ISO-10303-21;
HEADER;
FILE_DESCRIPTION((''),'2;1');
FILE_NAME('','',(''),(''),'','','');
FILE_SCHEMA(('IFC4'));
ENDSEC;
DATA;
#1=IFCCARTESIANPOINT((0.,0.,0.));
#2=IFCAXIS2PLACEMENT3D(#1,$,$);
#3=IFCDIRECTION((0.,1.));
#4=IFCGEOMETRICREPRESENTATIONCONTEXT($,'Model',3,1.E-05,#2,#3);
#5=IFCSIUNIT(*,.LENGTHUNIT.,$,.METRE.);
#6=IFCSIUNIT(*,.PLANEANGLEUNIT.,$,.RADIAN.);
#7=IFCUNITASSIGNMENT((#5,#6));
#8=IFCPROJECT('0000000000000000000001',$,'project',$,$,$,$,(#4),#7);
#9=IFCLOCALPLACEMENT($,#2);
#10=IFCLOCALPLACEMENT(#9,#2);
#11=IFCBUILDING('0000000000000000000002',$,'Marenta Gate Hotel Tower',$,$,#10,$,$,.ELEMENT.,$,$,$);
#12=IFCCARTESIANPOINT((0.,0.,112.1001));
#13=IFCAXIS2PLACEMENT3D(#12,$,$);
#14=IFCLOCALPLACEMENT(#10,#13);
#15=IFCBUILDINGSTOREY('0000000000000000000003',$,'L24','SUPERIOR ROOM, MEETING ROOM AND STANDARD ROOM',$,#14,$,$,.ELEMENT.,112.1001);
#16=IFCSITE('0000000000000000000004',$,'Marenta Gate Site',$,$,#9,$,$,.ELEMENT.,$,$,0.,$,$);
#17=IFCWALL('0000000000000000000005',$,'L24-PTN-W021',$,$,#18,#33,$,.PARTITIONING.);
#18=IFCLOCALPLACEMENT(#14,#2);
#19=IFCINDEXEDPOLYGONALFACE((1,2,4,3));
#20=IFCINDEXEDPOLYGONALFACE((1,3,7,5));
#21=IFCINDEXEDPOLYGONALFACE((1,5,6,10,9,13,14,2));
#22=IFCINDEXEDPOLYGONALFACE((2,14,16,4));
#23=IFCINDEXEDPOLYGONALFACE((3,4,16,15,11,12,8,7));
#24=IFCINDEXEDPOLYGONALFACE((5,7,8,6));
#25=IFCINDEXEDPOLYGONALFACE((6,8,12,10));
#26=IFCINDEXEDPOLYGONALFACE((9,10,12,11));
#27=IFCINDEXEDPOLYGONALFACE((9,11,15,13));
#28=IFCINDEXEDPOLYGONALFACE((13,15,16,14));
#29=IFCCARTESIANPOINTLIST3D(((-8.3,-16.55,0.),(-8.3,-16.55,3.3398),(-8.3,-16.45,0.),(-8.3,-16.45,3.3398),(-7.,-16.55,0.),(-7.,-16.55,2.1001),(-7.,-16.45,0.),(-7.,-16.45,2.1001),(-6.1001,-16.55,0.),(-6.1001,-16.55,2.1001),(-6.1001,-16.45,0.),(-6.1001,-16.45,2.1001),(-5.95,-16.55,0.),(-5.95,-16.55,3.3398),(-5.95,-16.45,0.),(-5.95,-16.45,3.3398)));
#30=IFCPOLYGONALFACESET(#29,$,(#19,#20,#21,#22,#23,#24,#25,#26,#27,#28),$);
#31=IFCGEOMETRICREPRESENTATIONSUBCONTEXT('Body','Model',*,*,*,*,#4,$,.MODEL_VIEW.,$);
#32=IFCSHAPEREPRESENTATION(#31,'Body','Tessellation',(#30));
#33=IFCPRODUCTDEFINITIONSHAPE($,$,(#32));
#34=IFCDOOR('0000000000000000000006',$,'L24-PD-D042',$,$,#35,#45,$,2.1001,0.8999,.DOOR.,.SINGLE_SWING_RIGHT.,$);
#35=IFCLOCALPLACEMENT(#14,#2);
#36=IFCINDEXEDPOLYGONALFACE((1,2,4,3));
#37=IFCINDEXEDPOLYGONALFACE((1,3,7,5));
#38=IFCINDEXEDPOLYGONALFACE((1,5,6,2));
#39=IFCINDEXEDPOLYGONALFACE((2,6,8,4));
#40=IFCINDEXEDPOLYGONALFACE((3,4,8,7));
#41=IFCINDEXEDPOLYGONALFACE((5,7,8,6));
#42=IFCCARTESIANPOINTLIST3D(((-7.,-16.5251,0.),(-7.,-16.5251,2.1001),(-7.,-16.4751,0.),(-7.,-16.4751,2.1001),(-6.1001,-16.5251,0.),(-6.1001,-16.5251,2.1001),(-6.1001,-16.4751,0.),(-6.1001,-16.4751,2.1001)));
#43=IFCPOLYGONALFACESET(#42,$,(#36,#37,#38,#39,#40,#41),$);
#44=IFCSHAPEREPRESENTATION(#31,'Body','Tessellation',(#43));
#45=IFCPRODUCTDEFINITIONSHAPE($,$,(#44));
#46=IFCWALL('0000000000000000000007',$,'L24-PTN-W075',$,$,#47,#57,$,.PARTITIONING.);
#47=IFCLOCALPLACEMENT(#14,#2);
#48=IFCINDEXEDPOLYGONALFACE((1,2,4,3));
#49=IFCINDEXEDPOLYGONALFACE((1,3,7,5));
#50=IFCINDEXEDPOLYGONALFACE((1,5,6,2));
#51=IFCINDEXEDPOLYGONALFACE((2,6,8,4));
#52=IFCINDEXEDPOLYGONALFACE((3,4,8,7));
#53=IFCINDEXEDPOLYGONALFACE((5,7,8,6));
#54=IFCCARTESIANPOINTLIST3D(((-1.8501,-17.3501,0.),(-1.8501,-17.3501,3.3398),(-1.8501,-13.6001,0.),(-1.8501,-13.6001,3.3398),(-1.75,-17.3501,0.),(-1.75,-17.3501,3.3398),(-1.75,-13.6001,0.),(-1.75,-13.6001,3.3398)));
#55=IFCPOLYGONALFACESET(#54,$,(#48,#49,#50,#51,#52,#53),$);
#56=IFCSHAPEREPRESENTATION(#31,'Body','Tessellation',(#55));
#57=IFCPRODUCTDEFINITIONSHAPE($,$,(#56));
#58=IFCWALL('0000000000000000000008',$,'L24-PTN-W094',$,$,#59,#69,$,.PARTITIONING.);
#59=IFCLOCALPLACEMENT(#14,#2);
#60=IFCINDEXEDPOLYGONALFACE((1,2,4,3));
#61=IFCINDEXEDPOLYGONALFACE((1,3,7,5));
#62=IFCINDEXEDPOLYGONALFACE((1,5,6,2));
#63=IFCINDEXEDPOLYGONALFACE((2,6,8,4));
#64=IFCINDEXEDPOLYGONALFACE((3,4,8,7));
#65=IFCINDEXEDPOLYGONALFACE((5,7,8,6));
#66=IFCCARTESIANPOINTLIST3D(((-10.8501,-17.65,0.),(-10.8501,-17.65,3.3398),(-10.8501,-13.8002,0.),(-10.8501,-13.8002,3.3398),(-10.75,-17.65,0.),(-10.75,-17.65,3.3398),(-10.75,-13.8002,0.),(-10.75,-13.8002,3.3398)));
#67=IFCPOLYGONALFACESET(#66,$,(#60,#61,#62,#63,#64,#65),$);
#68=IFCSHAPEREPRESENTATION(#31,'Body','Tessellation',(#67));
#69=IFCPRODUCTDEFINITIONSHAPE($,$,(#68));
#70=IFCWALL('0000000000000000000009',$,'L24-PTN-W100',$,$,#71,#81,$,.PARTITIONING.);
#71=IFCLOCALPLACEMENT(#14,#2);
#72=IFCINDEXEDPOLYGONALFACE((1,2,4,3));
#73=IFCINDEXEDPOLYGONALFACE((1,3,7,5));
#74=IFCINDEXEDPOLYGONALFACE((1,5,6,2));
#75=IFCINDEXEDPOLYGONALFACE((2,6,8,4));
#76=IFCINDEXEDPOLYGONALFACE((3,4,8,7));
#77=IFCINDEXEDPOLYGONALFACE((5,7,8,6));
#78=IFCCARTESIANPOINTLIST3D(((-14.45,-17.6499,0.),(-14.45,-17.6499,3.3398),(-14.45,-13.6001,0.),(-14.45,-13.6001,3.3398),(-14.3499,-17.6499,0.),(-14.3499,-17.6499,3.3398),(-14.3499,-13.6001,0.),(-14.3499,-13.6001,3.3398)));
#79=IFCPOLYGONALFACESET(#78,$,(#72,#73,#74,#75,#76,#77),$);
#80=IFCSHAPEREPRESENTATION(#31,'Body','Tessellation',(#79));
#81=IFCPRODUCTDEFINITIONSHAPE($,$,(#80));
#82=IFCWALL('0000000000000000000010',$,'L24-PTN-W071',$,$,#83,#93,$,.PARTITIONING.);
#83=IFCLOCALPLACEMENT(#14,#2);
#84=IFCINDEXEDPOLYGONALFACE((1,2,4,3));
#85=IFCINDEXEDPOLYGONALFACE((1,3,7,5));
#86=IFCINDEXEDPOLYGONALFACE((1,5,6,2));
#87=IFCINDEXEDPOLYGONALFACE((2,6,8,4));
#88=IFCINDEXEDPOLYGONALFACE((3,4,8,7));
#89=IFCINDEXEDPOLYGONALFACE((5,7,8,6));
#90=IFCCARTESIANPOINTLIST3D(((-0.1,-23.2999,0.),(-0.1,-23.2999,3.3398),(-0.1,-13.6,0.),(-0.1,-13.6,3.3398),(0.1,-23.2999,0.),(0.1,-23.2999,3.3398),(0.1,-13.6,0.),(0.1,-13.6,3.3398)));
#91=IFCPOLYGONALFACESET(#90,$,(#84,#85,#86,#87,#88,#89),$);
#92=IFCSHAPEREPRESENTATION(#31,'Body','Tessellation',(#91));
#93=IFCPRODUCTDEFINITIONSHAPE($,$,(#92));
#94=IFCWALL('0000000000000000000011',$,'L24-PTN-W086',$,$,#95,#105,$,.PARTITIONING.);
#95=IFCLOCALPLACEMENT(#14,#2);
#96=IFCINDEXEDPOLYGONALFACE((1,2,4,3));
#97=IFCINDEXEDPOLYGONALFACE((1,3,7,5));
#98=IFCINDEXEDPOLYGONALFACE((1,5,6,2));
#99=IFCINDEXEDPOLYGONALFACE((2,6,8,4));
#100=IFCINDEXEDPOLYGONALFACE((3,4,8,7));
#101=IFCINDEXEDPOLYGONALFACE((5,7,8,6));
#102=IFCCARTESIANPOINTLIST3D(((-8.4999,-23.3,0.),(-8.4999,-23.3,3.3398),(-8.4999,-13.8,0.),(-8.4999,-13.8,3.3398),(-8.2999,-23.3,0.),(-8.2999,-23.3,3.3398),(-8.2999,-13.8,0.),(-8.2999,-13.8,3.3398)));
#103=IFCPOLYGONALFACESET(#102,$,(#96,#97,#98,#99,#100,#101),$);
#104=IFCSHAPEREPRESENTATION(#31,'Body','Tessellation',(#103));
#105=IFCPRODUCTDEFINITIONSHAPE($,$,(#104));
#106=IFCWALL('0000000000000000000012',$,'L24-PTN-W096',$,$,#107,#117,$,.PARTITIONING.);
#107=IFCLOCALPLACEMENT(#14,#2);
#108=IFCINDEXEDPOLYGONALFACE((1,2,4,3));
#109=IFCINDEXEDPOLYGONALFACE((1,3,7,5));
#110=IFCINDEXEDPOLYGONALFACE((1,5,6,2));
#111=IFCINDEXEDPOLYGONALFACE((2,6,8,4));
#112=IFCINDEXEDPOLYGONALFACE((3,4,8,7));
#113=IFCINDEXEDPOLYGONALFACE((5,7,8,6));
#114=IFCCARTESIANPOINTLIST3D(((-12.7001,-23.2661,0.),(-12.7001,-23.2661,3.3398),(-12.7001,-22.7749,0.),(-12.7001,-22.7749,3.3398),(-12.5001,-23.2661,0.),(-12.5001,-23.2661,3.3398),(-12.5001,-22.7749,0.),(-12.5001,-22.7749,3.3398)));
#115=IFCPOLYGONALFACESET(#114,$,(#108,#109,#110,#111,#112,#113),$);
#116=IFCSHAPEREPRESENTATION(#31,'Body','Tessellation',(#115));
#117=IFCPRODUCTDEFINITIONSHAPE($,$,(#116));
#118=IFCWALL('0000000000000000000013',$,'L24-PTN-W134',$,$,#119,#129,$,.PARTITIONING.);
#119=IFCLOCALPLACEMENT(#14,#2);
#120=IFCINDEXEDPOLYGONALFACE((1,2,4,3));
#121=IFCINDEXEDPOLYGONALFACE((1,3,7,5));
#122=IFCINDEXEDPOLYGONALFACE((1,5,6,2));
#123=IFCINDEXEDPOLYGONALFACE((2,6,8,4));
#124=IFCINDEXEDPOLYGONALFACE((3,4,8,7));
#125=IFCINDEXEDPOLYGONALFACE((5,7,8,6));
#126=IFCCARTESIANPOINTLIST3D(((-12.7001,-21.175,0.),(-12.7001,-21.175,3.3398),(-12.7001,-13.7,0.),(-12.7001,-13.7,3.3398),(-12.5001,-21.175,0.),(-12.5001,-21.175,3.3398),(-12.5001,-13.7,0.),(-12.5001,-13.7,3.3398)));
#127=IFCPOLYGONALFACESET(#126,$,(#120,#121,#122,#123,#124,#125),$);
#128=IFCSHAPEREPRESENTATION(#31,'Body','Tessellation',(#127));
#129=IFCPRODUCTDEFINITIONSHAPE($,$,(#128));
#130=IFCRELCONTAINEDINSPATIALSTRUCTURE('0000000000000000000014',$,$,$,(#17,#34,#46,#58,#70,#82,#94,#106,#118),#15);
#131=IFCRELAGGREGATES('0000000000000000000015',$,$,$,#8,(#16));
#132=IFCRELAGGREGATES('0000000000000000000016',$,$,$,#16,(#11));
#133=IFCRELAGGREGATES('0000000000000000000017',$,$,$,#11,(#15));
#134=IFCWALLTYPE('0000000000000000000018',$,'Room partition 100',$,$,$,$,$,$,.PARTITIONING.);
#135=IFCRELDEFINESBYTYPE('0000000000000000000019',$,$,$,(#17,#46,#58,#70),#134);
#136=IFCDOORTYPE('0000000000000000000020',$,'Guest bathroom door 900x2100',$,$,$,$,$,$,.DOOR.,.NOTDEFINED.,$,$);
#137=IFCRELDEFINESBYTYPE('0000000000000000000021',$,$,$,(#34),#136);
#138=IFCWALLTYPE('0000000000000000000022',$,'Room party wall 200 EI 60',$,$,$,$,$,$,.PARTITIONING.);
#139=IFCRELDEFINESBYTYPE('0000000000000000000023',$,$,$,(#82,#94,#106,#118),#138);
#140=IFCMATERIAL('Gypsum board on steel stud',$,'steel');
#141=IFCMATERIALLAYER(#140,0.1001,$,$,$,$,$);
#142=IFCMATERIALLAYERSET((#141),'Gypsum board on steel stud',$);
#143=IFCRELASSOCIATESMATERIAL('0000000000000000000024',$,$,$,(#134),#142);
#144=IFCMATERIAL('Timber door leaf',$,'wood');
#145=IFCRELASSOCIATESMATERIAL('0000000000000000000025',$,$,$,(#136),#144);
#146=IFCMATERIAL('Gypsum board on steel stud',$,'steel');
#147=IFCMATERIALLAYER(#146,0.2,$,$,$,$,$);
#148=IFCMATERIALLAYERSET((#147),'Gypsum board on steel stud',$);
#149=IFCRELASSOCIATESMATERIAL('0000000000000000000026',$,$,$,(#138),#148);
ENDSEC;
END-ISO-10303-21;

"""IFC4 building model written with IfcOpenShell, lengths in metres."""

from ifc_helpers import new_model, si_unit, direction, frame, frame_2d, origin, place, context, subcontext, project, spatial, rectangle, extrude, material, layer, layer_set, type_object, element, fill, save


model = new_model("IFC4")

# Units and contexts
model_context = context("Model", 3, precision=1e-05, world=origin(), true_north=direction((0.0, 1.0)))
body_context = subcontext(model_context, "Body", "Model", "MODEL_VIEW")
ifc_project = project(units=[si_unit("LENGTHUNIT", "METRE"), si_unit("PLANEANGLEUNIT", "RADIAN")], contexts=[model_context])

# Site, building, storey
site_placement = place(None, origin())
site = spatial("IfcSite", under=ifc_project, at=site_placement, Name="Marenta Gate Site", CompositionType="ELEMENT", RefElevation=0.0)
building_placement = place(site_placement, origin())
building = spatial("IfcBuilding", under=site, at=building_placement, Name="Marenta Gate Hotel Tower", CompositionType="ELEMENT")
storey_placement = place(building_placement, frame((0.0, 0.0, 112.1001)))
storey = spatial("IfcBuildingStorey", under=building, at=storey_placement, Name="L24", Description="SUPERIOR ROOM, MEETING ROOM AND STANDARD ROOM", CompositionType="ELEMENT", Elevation=112.1001)

# Wall, opening, door
ifc_material_1 = material(Name="Gypsum board on steel stud", Category="steel")
ifc_layer_1 = layer(ifc_material_1, 0.1001)
ifc_layer_set_1 = layer_set([ifc_layer_1], Name="Gypsum board on steel stud")
wall_type_1 = type_object("IfcWallType", Name="Room partition 100", PredefinedType="PARTITIONING", material=ifc_layer_set_1)
ifc_material_2 = material(Name="Timber door leaf", Category="wood")
door_type = type_object("IfcDoorType", Name="Guest bathroom door 900x2100", OperationType="NOTDEFINED", PredefinedType="DOOR", material=ifc_material_2)
wall_1_placement = place(storey_placement, frame((-8.3, -16.5, 0.0), z_axis=(0.0, 0.0, 1.0), x_axis=(1.0, 0.0, 0.0)))
wall_1 = element("IfcWall", 1, at=wall_1_placement, inside=storey, type_object=wall_type_1, Name="L24-PTN-W021", PredefinedType="PARTITIONING", context=body_context, shape_type="SweptSolid", body=[
    extrude(rectangle(XDim=2.3501, YDim=0.1001, at=frame_2d((1.175, 0.0))), origin(), (0.0, 0.0, 1.0), 3.3398),
])
opening_1_placement = place(wall_1_placement, frame((1.3, 0.0, 0.0)))
opening_1 = element("IfcOpeningElement", 2, at=opening_1_placement, cuts=wall_1, PredefinedType="OPENING", context=body_context, shape_type="SweptSolid", body=[
    extrude(rectangle(XDim=0.8999, YDim=2.1001, at=frame_2d((0.45, 1.05))), frame((0.0, 0.05, 0.0), z_axis=(0.0, -1.0, 0.0), x_axis=(1.0, 0.0, 0.0)), (0.0, 0.0, 1.0), 0.1001),
])
door_1_placement = place(opening_1_placement, origin())
door_1 = element("IfcDoor", 3, at=door_1_placement, inside=storey, type_object=door_type, Name="L24-PD-D042", OperationType="SINGLE_SWING_RIGHT", OverallHeight=2.1001, OverallWidth=0.8999, PredefinedType="DOOR", context=body_context, shape_type="SweptSolid", body=[
    extrude(rectangle(XDim=0.8999, YDim=2.1001, at=frame_2d((0.45, 1.05))), frame((0.0, 0.0249, 0.0), z_axis=(0.0, -1.0, 0.0), x_axis=(1.0, 0.0, 0.0)), (0.0, 0.0, 1.0), 0.05),
])
fill(opening_1, door_1)

# Walls
wall_2_placement = place(storey_placement, frame((-1.8, -17.3501, 0.0), z_axis=(0.0, 0.0, 1.0), x_axis=(0.0, 1.0, 0.0)))
element("IfcWall", 4, at=wall_2_placement, inside=storey, type_object=wall_type_1, Name="L24-PTN-W075", PredefinedType="PARTITIONING", context=body_context, shape_type="SweptSolid", body=[
    extrude(rectangle(XDim=3.75, YDim=0.1001, at=frame_2d((1.875, 0.0))), origin(), (0.0, 0.0, 1.0), 3.3398),
])
wall_3_placement = place(storey_placement, frame((-10.8, -17.6499, 0.0), z_axis=(0.0, 0.0, 1.0), x_axis=(0.0, 1.0, 0.0)))
element("IfcWall", 5, at=wall_3_placement, inside=storey, type_object=wall_type_1, Name="L24-PTN-W094", PredefinedType="PARTITIONING", context=body_context, shape_type="SweptSolid", body=[
    extrude(rectangle(XDim=3.8499, YDim=0.1001, at=frame_2d((1.9248, 0.0))), origin(), (0.0, 0.0, 1.0), 3.3398),
])
wall_4_placement = place(storey_placement, frame((-14.3999, -17.6499, 0.0), z_axis=(0.0, 0.0, 1.0), x_axis=(0.0, 1.0, 0.0)))
element("IfcWall", 6, at=wall_4_placement, inside=storey, type_object=wall_type_1, Name="L24-PTN-W100", PredefinedType="PARTITIONING", context=body_context, shape_type="SweptSolid", body=[
    extrude(rectangle(XDim=4.0498, YDim=0.1001, at=frame_2d((2.0249, 0.0))), origin(), (0.0, 0.0, 1.0), 3.3398),
])
ifc_material_3 = material(Name="Gypsum board on steel stud", Category="steel")
ifc_layer_2 = layer(ifc_material_3, 0.2)
ifc_layer_set_2 = layer_set([ifc_layer_2], Name="Gypsum board on steel stud")
wall_type_2 = type_object("IfcWallType", Name="Room party wall 200 EI 60", PredefinedType="PARTITIONING", material=ifc_layer_set_2)
wall_5_placement = place(storey_placement, frame((0.0, -23.3, 0.0), z_axis=(0.0, 0.0, 1.0), x_axis=(0.0, 1.0, 0.0)))
element("IfcWall", 7, at=wall_5_placement, inside=storey, type_object=wall_type_2, Name="L24-PTN-W071", PredefinedType="PARTITIONING", context=body_context, shape_type="SweptSolid", body=[
    extrude(rectangle(XDim=9.7, YDim=0.2, at=frame_2d((4.8501, 0.0))), origin(), (0.0, 0.0, 1.0), 3.3398),
])
wall_6_placement = place(storey_placement, frame((-8.3999, -23.3, 0.0), z_axis=(0.0, 0.0, 1.0), x_axis=(0.0, 1.0, 0.0)))
element("IfcWall", 8, at=wall_6_placement, inside=storey, type_object=wall_type_2, Name="L24-PTN-W086", PredefinedType="PARTITIONING", context=body_context, shape_type="SweptSolid", body=[
    extrude(rectangle(XDim=9.5, YDim=0.2, at=frame_2d((4.75, 0.0))), origin(), (0.0, 0.0, 1.0), 3.3398),
])
wall_7_placement = place(storey_placement, frame((-12.6001, -23.2661, 0.0), z_axis=(0.0, 0.0, 1.0), x_axis=(0.0, 1.0, 0.0)))
element("IfcWall", 9, at=wall_7_placement, inside=storey, type_object=wall_type_2, Name="L24-PTN-W096", PredefinedType="PARTITIONING", context=body_context, shape_type="SweptSolid", body=[
    extrude(rectangle(XDim=0.4912, YDim=0.2, at=frame_2d((0.2456, 0.0))), origin(), (0.0, 0.0, 1.0), 3.3398),
])
wall_8_placement = place(storey_placement, frame((-12.6001, -21.175, 0.0), z_axis=(0.0, 0.0, 1.0), x_axis=(0.0, 1.0, 0.0)))
element("IfcWall", 10, at=wall_8_placement, inside=storey, type_object=wall_type_2, Name="L24-PTN-W134", PredefinedType="PARTITIONING", context=body_context, shape_type="SweptSolid", body=[
    extrude(rectangle(XDim=7.4751, YDim=0.2, at=frame_2d((3.7375, 0.0))), origin(), (0.0, 0.0, 1.0), 3.3398),
])

save(model, "model.ifc")
